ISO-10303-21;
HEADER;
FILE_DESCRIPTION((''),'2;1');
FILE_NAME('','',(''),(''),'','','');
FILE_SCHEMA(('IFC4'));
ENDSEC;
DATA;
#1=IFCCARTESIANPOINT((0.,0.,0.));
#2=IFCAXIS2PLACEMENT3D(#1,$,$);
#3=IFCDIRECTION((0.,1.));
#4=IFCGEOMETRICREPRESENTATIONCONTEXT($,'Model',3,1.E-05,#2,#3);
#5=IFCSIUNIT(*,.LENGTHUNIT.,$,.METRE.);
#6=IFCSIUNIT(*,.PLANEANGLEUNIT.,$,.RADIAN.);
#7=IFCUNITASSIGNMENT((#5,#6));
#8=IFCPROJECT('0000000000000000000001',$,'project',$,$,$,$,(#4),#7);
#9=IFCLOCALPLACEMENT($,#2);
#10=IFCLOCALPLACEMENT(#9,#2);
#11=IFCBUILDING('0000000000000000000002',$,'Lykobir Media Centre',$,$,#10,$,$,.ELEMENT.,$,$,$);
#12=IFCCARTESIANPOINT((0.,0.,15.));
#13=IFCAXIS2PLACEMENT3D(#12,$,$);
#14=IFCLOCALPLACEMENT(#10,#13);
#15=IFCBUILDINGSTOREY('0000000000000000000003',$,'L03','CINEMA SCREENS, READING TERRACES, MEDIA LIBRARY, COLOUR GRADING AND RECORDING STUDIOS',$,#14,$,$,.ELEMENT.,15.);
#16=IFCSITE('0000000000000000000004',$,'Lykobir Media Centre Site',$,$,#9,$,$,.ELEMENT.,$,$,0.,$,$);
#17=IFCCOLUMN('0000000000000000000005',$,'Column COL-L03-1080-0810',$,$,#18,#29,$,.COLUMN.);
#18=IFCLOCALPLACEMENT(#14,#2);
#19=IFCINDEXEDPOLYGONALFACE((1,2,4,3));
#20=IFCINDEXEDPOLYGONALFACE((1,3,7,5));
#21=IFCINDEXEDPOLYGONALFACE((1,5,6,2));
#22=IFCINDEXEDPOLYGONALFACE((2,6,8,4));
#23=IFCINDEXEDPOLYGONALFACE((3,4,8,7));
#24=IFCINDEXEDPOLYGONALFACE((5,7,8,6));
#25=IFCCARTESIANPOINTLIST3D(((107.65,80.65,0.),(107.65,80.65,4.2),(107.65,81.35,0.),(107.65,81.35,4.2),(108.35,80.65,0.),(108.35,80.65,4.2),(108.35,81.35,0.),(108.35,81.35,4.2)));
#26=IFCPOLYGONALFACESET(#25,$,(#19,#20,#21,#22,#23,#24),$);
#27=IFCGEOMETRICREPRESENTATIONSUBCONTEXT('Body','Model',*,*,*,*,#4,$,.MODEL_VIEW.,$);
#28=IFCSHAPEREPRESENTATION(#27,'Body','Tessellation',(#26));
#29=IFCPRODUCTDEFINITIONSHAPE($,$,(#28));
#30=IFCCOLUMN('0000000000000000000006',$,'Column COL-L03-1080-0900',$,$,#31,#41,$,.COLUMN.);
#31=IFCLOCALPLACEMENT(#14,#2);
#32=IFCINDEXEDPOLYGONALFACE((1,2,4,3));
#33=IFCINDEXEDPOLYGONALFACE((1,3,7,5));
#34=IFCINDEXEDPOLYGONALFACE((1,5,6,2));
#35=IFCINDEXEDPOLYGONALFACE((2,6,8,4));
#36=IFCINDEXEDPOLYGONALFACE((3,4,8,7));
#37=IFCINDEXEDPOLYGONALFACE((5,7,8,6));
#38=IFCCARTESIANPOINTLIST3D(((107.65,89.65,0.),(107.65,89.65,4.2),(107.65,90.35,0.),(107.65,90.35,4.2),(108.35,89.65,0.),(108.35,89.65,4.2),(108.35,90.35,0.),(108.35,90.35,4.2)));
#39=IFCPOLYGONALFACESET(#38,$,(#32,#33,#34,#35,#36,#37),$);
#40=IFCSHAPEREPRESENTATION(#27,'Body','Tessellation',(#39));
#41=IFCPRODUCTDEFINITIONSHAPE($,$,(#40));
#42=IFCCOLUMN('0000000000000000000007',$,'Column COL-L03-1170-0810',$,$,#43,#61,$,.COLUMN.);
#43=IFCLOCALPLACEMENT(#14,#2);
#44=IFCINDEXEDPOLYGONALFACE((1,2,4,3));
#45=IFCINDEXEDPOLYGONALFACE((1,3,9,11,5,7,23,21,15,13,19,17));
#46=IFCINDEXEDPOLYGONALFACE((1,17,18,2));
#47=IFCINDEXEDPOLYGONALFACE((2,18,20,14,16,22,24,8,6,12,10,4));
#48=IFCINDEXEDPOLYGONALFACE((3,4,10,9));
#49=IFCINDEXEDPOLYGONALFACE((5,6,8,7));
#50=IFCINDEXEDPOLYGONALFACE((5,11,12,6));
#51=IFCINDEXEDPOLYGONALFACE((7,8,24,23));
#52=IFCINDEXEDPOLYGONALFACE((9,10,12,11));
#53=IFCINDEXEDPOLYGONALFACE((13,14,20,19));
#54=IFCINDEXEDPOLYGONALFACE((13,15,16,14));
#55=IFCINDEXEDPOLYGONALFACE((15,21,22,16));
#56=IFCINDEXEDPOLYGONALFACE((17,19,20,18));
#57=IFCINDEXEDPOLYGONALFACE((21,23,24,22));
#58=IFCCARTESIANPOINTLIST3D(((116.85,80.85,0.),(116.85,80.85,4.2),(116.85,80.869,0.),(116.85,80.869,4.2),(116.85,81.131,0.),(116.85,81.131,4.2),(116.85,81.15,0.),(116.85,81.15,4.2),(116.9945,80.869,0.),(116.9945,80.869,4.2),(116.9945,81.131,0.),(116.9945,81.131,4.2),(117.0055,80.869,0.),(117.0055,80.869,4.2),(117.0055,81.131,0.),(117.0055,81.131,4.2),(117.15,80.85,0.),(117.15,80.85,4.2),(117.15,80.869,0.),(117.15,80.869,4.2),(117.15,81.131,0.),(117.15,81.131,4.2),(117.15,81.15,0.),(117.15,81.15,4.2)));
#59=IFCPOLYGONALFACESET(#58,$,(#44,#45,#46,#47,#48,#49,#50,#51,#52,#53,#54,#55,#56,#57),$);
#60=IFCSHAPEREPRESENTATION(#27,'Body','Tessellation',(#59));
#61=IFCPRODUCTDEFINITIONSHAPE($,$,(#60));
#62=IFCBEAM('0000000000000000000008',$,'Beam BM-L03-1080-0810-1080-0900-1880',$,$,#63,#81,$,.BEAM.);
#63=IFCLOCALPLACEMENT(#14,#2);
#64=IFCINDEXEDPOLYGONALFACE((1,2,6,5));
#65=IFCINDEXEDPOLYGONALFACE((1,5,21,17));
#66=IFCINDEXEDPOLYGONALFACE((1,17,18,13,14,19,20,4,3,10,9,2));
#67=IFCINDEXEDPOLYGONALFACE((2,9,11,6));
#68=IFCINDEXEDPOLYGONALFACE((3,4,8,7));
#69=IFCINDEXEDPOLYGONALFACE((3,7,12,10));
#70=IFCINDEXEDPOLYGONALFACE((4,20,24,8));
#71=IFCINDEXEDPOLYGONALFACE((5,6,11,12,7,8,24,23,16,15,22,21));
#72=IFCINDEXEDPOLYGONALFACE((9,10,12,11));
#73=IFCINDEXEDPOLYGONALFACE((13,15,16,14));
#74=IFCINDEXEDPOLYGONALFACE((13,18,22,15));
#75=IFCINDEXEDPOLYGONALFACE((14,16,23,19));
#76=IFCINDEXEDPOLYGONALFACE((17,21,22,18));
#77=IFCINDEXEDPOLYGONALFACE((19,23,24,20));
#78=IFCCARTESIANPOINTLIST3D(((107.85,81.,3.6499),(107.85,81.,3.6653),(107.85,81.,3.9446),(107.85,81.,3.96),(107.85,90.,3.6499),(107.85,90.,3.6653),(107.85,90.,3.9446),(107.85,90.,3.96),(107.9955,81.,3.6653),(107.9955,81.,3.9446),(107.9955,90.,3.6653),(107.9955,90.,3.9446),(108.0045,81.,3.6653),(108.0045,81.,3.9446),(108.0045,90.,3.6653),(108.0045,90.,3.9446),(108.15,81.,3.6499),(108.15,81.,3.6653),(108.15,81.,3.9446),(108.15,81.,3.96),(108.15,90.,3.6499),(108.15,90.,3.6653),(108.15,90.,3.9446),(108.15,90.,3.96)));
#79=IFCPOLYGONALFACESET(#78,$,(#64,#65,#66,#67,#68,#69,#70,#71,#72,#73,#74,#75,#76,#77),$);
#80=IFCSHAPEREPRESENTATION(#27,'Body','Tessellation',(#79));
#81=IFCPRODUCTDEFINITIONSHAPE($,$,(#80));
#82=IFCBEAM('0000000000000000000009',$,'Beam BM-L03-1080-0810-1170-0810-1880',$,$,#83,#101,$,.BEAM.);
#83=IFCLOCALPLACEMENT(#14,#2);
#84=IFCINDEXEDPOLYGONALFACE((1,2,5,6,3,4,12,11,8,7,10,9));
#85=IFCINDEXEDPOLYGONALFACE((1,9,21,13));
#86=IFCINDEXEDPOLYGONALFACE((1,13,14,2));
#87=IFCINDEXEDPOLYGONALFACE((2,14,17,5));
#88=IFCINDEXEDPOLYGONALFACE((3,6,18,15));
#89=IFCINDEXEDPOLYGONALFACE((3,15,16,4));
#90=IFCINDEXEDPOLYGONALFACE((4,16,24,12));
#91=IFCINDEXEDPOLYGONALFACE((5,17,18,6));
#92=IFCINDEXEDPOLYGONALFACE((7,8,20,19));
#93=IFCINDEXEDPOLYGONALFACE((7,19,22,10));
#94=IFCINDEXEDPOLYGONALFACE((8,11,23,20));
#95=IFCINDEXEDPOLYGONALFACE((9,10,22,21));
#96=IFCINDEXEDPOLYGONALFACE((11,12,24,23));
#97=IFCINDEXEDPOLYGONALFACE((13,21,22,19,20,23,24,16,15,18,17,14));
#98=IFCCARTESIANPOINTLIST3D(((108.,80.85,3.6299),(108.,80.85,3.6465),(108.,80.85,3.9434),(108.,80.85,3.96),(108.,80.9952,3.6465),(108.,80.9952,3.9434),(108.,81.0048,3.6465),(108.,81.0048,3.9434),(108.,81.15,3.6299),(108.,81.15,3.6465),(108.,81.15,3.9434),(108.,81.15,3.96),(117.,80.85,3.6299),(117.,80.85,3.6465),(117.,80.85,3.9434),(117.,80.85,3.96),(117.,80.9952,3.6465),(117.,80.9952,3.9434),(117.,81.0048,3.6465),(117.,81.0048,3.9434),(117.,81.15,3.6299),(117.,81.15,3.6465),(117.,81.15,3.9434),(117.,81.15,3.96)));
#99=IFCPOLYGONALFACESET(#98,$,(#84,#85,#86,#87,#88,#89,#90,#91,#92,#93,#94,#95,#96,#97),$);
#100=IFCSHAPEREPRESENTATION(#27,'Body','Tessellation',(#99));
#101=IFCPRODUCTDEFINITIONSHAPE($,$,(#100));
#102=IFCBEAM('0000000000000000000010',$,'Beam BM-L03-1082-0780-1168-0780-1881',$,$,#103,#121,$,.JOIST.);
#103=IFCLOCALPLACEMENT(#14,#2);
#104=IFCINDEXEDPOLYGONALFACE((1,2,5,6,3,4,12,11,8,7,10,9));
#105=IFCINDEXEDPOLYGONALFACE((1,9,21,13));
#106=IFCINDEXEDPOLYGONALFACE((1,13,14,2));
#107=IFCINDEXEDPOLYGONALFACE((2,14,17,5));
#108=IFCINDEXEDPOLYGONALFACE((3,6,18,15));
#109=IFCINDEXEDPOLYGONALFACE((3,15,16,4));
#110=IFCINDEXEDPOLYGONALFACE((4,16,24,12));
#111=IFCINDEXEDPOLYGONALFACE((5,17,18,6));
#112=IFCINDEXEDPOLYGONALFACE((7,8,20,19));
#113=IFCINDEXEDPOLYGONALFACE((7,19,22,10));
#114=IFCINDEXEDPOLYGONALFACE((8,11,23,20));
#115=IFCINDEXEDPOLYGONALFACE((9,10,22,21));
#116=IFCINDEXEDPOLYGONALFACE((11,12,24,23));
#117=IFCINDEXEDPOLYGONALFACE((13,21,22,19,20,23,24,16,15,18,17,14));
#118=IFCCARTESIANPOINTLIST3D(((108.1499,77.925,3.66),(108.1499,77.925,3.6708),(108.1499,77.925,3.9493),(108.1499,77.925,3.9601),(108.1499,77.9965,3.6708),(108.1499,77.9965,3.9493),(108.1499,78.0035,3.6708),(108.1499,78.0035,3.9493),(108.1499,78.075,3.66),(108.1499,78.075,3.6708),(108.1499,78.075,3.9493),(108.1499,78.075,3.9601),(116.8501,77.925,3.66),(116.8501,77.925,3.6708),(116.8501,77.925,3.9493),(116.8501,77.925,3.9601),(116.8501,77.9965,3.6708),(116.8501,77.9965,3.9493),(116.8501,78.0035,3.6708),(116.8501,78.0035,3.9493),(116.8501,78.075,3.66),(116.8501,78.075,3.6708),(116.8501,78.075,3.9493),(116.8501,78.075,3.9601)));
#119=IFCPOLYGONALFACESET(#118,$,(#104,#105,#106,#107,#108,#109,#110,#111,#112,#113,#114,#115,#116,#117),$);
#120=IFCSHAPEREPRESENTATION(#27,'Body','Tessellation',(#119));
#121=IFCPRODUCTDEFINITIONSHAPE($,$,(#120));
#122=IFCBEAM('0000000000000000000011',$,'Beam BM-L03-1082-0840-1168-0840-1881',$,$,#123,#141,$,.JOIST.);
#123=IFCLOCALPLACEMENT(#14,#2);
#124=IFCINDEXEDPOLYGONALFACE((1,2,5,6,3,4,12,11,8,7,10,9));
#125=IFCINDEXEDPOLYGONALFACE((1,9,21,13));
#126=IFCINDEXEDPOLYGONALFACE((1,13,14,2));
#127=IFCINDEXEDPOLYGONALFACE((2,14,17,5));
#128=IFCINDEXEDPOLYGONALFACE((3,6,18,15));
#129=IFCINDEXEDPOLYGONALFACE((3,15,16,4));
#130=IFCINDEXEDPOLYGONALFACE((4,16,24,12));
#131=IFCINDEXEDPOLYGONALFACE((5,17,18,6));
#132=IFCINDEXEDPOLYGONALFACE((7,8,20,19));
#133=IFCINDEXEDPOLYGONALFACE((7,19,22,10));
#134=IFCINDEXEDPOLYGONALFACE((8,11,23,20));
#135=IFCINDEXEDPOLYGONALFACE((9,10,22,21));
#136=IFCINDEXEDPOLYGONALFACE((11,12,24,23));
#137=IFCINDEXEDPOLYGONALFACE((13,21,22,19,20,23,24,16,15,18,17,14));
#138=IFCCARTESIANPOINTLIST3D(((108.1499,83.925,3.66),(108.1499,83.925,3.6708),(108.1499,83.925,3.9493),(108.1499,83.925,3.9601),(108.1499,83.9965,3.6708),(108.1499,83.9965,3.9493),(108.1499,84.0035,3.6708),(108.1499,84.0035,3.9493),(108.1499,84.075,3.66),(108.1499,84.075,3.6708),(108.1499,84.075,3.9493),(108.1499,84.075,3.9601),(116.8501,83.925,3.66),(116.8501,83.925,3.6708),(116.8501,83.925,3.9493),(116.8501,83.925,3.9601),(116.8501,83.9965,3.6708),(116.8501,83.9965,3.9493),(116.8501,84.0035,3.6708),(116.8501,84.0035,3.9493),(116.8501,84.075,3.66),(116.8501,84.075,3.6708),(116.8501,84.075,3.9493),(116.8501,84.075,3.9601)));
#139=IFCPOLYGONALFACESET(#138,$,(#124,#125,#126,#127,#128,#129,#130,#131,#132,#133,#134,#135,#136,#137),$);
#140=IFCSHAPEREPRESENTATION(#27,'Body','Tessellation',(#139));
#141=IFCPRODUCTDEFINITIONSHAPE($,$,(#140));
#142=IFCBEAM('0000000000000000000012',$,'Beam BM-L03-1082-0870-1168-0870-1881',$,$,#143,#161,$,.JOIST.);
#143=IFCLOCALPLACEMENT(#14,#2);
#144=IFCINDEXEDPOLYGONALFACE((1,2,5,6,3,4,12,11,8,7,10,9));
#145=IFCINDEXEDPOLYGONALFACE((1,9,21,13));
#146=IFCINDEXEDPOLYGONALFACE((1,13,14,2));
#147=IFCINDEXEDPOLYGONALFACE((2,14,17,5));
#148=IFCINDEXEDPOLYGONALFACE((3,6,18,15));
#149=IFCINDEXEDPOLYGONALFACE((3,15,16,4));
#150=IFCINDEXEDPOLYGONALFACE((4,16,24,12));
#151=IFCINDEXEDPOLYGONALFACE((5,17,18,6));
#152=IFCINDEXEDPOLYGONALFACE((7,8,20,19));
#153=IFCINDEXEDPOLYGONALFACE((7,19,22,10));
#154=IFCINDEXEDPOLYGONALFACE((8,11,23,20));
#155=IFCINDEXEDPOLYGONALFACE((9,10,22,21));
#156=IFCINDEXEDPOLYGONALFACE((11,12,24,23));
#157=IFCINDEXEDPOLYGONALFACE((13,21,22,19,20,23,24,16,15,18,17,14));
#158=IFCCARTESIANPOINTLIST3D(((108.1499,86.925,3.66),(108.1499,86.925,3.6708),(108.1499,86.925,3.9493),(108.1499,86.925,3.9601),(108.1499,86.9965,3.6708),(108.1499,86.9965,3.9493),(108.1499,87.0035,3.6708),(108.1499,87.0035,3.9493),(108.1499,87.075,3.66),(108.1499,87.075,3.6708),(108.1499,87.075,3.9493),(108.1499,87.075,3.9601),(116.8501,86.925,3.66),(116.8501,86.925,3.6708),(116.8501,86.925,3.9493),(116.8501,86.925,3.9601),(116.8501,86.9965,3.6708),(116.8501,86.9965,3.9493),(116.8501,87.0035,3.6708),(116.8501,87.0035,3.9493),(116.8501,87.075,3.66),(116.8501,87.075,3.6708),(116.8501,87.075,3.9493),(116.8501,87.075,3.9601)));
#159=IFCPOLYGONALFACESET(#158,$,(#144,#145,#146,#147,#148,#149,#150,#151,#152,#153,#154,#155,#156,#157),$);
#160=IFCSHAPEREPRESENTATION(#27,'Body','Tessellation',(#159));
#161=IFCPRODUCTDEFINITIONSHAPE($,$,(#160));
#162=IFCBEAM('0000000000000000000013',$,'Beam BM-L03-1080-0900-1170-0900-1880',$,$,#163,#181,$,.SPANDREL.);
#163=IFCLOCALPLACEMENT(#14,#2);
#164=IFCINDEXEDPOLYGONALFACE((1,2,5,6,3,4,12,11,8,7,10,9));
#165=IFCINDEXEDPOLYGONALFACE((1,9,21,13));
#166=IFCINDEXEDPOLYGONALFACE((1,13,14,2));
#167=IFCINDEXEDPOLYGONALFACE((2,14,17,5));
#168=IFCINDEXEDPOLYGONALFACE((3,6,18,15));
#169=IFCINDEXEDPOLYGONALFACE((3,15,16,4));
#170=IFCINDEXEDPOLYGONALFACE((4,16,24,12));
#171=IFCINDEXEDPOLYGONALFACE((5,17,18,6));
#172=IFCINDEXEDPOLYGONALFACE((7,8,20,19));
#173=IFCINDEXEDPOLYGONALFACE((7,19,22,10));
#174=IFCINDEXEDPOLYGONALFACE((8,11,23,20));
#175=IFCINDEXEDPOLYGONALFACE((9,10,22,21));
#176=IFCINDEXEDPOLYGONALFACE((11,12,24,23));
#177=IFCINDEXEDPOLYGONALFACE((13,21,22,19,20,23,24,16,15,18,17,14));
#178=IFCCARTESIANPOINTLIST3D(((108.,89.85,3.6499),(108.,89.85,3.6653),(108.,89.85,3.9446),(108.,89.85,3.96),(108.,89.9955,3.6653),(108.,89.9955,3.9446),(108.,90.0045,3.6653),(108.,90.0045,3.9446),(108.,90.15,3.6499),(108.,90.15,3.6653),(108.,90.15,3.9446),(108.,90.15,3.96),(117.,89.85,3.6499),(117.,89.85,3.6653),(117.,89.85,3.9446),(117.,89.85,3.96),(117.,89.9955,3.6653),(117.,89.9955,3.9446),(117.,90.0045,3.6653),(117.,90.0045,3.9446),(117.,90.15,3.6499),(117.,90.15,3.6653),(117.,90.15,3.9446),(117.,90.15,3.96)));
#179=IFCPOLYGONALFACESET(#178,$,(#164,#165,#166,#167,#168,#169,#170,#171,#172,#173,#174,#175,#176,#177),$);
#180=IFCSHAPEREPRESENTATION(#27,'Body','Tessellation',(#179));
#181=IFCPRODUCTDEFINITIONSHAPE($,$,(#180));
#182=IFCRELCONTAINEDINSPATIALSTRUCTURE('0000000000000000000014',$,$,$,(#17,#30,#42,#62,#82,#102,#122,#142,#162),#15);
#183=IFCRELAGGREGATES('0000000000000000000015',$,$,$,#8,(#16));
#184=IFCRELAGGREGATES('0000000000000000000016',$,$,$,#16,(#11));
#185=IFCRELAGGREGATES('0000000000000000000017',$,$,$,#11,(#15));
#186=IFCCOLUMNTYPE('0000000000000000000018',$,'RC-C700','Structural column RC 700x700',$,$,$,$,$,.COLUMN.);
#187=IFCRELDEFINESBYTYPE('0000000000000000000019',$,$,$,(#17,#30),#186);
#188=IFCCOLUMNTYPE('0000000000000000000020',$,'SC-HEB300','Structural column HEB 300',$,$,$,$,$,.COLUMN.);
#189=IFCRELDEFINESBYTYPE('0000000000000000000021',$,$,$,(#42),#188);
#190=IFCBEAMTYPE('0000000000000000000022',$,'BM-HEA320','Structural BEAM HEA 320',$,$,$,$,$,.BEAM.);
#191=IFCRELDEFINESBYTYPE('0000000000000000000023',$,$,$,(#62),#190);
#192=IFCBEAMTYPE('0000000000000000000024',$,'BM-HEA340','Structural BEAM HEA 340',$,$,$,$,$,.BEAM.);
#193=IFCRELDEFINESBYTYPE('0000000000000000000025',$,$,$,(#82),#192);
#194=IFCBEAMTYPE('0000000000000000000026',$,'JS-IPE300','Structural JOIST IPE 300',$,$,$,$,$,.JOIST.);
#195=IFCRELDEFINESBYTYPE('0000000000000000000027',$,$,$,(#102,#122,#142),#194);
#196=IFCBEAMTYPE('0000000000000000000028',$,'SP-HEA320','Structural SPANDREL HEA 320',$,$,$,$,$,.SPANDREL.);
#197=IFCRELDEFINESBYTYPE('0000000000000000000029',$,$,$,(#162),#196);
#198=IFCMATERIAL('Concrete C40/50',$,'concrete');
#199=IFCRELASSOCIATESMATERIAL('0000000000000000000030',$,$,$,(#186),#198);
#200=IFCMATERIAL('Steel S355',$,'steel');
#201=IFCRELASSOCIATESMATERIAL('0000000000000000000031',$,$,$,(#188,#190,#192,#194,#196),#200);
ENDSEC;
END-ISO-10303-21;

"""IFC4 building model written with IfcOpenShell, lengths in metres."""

from ifc_helpers import new_model, si_unit, direction, frame, origin, origin_2d, place, context, subcontext, project, spatial, rectangle, i_section, extrude, material, material_profile, profile_set, type_object, element, save


model = new_model("IFC4")

# Units and contexts
model_context = context("Model", 3, precision=1e-05, world=origin(), true_north=direction((0.0, 1.0)))
body_context = subcontext(model_context, "Body", "Model", "MODEL_VIEW")
ifc_project = project(units=[si_unit("LENGTHUNIT", "METRE"), si_unit("PLANEANGLEUNIT", "RADIAN")], contexts=[model_context])

# Site, building, storey
site_placement = place(None, origin())
site = spatial("IfcSite", under=ifc_project, at=site_placement, Name="Lykobir Media Centre Site", CompositionType="ELEMENT", RefElevation=0.0)
building_placement = place(site_placement, origin())
building = spatial("IfcBuilding", under=site, at=building_placement, Name="Lykobir Media Centre", CompositionType="ELEMENT")
storey_placement = place(building_placement, frame((0.0, 0.0, 15.0)))
storey = spatial("IfcBuildingStorey", under=building, at=storey_placement, Name="L03", Description="CINEMA SCREENS, READING TERRACES, MEDIA LIBRARY, COLOUR GRADING AND RECORDING STUDIOS", CompositionType="ELEMENT", Elevation=15.0)

# Columns
ifc_material_1 = material(Name="Concrete C40/50", Category="concrete")
ifc_material_profile_1 = material_profile(ifc_material_1, rectangle(XDim=0.7, YDim=0.7, at=origin_2d()), Name="RC 700x700")
ifc_profile_set_1 = profile_set([ifc_material_profile_1], Name="Concrete C40/50")
column_type_1 = type_object("IfcColumnType", Name="RC-C700", Description="Structural column RC 700x700", PredefinedType="COLUMN", material=ifc_profile_set_1)
for number, where, z_axis, x_axis, name in (
    (1, (108.0, 81.0, 0.0), (0.0, 0.0, 1.0), (1.0, 0.0, 0.0), "Column COL-L03-1080-0810"),
    (2, (108.0, 90.0, 0.0), (0.0, 0.0, 1.0), (1.0, 0.0, 0.0), "Column COL-L03-1080-0900"),
):
    element("IfcColumn", number, at=place(storey_placement, frame(where, z_axis=z_axis, x_axis=x_axis)), inside=storey, type_object=column_type_1, Name=name, PredefinedType="COLUMN", context=body_context, shape_type="SweptSolid", body=[
        extrude(rectangle(XDim=0.7, YDim=0.7, at=origin_2d()), origin(), (0.0, 0.0, 1.0), 4.2),
    ])
ifc_material_2 = material(Name="Steel S355", Category="steel")
ifc_material_profile_2 = material_profile(ifc_material_2, i_section(OverallWidth=0.3, OverallDepth=0.3, WebThickness=0.011, FlangeThickness=0.019, at=origin_2d()), Name="HEB 300")
ifc_profile_set_2 = profile_set([ifc_material_profile_2], Name="Steel S355")
column_type_2 = type_object("IfcColumnType", Name="SC-HEB300", Description="Structural column HEB 300", PredefinedType="COLUMN", material=ifc_profile_set_2)
column_placement = place(storey_placement, frame((117.0, 81.0, 0.0), z_axis=(0.0, 0.0, 1.0), x_axis=(1.0, 0.0, 0.0)))
element("IfcColumn", 3, at=column_placement, inside=storey, type_object=column_type_2, Name="Column COL-L03-1170-0810", PredefinedType="COLUMN", context=body_context, shape_type="SweptSolid", body=[
    extrude(i_section(OverallWidth=0.3, OverallDepth=0.3, WebThickness=0.011, FlangeThickness=0.019, at=origin_2d()), origin(), (0.0, 0.0, 1.0), 4.2),
])

# Beams
ifc_material_profile_3 = material_profile(ifc_material_2, i_section(OverallWidth=0.3, OverallDepth=0.3101, WebThickness=0.009, FlangeThickness=0.0154, at=origin_2d()), Name="HEA 320")
ifc_profile_set_3 = profile_set([ifc_material_profile_3], Name="Steel S355")
beam_type_1 = type_object("IfcBeamType", Name="BM-HEA320", Description="Structural BEAM HEA 320", PredefinedType="BEAM", material=ifc_profile_set_3)
beam_1_placement = place(storey_placement, frame((108.0, 81.0, 3.8049), z_axis=(0.0, 1.0, 0.0), x_axis=(-1.0, 0.0, 0.0)))
element("IfcBeam", 4, at=beam_1_placement, inside=storey, type_object=beam_type_1, Name="Beam BM-L03-1080-0810-1080-0900-1880", PredefinedType="BEAM", context=body_context, shape_type="SweptSolid", body=[
    extrude(i_section(OverallWidth=0.3, OverallDepth=0.3101, WebThickness=0.009, FlangeThickness=0.0154, at=origin_2d()), origin(), (0.0, 0.0, 1.0), 9.0),
])
ifc_material_profile_4 = material_profile(ifc_material_2, i_section(OverallWidth=0.3, OverallDepth=0.3301, WebThickness=0.0095, FlangeThickness=0.0166, at=origin_2d()), Name="HEA 340")
ifc_profile_set_4 = profile_set([ifc_material_profile_4], Name="Steel S355")
beam_type_2 = type_object("IfcBeamType", Name="BM-HEA340", Description="Structural BEAM HEA 340", PredefinedType="BEAM", material=ifc_profile_set_4)
beam_2_placement = place(storey_placement, frame((108.0, 81.0, 3.7949), z_axis=(1.0, 0.0, 0.0), x_axis=(0.0, 1.0, 0.0)))
element("IfcBeam", 5, at=beam_2_placement, inside=storey, type_object=beam_type_2, Name="Beam BM-L03-1080-0810-1170-0810-1880", PredefinedType="BEAM", context=body_context, shape_type="SweptSolid", body=[
    extrude(i_section(OverallWidth=0.3, OverallDepth=0.3301, WebThickness=0.0095, FlangeThickness=0.0166, at=origin_2d()), origin(), (0.0, 0.0, 1.0), 9.0),
])
ifc_material_profile_5 = material_profile(ifc_material_2, i_section(OverallWidth=0.1499, OverallDepth=0.3, WebThickness=0.0071, FlangeThickness=0.0107, at=origin_2d()), Name="IPE 300")
ifc_profile_set_5 = profile_set([ifc_material_profile_5], Name="Steel S355")
beam_type_3 = type_object("IfcBeamType", Name="JS-IPE300", Description="Structural JOIST IPE 300", PredefinedType="JOIST", material=ifc_profile_set_5)
for number, where, z_axis, x_axis, name in (
    (6, (108.1499, 78.0, 3.8101), (1.0, 0.0, 0.0), (0.0, 1.0, 0.0), "Beam BM-L03-1082-0780-1168-0780-1881"),
    (7, (108.1499, 84.0, 3.8101), (1.0, 0.0, 0.0), (0.0, 1.0, 0.0), "Beam BM-L03-1082-0840-1168-0840-1881"),
    (8, (108.1499, 87.0, 3.8101), (1.0, 0.0, 0.0), (0.0, 1.0, 0.0), "Beam BM-L03-1082-0870-1168-0870-1881"),
):
    element("IfcBeam", number, at=place(storey_placement, frame(where, z_axis=z_axis, x_axis=x_axis)), inside=storey, type_object=beam_type_3, Name=name, PredefinedType="JOIST", context=body_context, shape_type="SweptSolid", body=[
        extrude(i_section(OverallWidth=0.1499, OverallDepth=0.3, WebThickness=0.0071, FlangeThickness=0.0107, at=origin_2d()), origin(), (0.0, 0.0, 1.0), 8.7002),
    ])
ifc_material_profile_6 = material_profile(ifc_material_2, i_section(OverallWidth=0.3, OverallDepth=0.3101, WebThickness=0.009, FlangeThickness=0.0154, at=origin_2d()), Name="HEA 320")
ifc_profile_set_6 = profile_set([ifc_material_profile_6], Name="Steel S355")
beam_type_4 = type_object("IfcBeamType", Name="SP-HEA320", Description="Structural SPANDREL HEA 320", PredefinedType="SPANDREL", material=ifc_profile_set_6)
beam_3_placement = place(storey_placement, frame((108.0, 90.0, 3.8049), z_axis=(1.0, 0.0, 0.0), x_axis=(0.0, 1.0, 0.0)))
element("IfcBeam", 9, at=beam_3_placement, inside=storey, type_object=beam_type_4, Name="Beam BM-L03-1080-0900-1170-0900-1880", PredefinedType="SPANDREL", context=body_context, shape_type="SweptSolid", body=[
    extrude(i_section(OverallWidth=0.3, OverallDepth=0.3101, WebThickness=0.009, FlangeThickness=0.0154, at=origin_2d()), origin(), (0.0, 0.0, 1.0), 9.0),
])

save(model, "model.ifc")
